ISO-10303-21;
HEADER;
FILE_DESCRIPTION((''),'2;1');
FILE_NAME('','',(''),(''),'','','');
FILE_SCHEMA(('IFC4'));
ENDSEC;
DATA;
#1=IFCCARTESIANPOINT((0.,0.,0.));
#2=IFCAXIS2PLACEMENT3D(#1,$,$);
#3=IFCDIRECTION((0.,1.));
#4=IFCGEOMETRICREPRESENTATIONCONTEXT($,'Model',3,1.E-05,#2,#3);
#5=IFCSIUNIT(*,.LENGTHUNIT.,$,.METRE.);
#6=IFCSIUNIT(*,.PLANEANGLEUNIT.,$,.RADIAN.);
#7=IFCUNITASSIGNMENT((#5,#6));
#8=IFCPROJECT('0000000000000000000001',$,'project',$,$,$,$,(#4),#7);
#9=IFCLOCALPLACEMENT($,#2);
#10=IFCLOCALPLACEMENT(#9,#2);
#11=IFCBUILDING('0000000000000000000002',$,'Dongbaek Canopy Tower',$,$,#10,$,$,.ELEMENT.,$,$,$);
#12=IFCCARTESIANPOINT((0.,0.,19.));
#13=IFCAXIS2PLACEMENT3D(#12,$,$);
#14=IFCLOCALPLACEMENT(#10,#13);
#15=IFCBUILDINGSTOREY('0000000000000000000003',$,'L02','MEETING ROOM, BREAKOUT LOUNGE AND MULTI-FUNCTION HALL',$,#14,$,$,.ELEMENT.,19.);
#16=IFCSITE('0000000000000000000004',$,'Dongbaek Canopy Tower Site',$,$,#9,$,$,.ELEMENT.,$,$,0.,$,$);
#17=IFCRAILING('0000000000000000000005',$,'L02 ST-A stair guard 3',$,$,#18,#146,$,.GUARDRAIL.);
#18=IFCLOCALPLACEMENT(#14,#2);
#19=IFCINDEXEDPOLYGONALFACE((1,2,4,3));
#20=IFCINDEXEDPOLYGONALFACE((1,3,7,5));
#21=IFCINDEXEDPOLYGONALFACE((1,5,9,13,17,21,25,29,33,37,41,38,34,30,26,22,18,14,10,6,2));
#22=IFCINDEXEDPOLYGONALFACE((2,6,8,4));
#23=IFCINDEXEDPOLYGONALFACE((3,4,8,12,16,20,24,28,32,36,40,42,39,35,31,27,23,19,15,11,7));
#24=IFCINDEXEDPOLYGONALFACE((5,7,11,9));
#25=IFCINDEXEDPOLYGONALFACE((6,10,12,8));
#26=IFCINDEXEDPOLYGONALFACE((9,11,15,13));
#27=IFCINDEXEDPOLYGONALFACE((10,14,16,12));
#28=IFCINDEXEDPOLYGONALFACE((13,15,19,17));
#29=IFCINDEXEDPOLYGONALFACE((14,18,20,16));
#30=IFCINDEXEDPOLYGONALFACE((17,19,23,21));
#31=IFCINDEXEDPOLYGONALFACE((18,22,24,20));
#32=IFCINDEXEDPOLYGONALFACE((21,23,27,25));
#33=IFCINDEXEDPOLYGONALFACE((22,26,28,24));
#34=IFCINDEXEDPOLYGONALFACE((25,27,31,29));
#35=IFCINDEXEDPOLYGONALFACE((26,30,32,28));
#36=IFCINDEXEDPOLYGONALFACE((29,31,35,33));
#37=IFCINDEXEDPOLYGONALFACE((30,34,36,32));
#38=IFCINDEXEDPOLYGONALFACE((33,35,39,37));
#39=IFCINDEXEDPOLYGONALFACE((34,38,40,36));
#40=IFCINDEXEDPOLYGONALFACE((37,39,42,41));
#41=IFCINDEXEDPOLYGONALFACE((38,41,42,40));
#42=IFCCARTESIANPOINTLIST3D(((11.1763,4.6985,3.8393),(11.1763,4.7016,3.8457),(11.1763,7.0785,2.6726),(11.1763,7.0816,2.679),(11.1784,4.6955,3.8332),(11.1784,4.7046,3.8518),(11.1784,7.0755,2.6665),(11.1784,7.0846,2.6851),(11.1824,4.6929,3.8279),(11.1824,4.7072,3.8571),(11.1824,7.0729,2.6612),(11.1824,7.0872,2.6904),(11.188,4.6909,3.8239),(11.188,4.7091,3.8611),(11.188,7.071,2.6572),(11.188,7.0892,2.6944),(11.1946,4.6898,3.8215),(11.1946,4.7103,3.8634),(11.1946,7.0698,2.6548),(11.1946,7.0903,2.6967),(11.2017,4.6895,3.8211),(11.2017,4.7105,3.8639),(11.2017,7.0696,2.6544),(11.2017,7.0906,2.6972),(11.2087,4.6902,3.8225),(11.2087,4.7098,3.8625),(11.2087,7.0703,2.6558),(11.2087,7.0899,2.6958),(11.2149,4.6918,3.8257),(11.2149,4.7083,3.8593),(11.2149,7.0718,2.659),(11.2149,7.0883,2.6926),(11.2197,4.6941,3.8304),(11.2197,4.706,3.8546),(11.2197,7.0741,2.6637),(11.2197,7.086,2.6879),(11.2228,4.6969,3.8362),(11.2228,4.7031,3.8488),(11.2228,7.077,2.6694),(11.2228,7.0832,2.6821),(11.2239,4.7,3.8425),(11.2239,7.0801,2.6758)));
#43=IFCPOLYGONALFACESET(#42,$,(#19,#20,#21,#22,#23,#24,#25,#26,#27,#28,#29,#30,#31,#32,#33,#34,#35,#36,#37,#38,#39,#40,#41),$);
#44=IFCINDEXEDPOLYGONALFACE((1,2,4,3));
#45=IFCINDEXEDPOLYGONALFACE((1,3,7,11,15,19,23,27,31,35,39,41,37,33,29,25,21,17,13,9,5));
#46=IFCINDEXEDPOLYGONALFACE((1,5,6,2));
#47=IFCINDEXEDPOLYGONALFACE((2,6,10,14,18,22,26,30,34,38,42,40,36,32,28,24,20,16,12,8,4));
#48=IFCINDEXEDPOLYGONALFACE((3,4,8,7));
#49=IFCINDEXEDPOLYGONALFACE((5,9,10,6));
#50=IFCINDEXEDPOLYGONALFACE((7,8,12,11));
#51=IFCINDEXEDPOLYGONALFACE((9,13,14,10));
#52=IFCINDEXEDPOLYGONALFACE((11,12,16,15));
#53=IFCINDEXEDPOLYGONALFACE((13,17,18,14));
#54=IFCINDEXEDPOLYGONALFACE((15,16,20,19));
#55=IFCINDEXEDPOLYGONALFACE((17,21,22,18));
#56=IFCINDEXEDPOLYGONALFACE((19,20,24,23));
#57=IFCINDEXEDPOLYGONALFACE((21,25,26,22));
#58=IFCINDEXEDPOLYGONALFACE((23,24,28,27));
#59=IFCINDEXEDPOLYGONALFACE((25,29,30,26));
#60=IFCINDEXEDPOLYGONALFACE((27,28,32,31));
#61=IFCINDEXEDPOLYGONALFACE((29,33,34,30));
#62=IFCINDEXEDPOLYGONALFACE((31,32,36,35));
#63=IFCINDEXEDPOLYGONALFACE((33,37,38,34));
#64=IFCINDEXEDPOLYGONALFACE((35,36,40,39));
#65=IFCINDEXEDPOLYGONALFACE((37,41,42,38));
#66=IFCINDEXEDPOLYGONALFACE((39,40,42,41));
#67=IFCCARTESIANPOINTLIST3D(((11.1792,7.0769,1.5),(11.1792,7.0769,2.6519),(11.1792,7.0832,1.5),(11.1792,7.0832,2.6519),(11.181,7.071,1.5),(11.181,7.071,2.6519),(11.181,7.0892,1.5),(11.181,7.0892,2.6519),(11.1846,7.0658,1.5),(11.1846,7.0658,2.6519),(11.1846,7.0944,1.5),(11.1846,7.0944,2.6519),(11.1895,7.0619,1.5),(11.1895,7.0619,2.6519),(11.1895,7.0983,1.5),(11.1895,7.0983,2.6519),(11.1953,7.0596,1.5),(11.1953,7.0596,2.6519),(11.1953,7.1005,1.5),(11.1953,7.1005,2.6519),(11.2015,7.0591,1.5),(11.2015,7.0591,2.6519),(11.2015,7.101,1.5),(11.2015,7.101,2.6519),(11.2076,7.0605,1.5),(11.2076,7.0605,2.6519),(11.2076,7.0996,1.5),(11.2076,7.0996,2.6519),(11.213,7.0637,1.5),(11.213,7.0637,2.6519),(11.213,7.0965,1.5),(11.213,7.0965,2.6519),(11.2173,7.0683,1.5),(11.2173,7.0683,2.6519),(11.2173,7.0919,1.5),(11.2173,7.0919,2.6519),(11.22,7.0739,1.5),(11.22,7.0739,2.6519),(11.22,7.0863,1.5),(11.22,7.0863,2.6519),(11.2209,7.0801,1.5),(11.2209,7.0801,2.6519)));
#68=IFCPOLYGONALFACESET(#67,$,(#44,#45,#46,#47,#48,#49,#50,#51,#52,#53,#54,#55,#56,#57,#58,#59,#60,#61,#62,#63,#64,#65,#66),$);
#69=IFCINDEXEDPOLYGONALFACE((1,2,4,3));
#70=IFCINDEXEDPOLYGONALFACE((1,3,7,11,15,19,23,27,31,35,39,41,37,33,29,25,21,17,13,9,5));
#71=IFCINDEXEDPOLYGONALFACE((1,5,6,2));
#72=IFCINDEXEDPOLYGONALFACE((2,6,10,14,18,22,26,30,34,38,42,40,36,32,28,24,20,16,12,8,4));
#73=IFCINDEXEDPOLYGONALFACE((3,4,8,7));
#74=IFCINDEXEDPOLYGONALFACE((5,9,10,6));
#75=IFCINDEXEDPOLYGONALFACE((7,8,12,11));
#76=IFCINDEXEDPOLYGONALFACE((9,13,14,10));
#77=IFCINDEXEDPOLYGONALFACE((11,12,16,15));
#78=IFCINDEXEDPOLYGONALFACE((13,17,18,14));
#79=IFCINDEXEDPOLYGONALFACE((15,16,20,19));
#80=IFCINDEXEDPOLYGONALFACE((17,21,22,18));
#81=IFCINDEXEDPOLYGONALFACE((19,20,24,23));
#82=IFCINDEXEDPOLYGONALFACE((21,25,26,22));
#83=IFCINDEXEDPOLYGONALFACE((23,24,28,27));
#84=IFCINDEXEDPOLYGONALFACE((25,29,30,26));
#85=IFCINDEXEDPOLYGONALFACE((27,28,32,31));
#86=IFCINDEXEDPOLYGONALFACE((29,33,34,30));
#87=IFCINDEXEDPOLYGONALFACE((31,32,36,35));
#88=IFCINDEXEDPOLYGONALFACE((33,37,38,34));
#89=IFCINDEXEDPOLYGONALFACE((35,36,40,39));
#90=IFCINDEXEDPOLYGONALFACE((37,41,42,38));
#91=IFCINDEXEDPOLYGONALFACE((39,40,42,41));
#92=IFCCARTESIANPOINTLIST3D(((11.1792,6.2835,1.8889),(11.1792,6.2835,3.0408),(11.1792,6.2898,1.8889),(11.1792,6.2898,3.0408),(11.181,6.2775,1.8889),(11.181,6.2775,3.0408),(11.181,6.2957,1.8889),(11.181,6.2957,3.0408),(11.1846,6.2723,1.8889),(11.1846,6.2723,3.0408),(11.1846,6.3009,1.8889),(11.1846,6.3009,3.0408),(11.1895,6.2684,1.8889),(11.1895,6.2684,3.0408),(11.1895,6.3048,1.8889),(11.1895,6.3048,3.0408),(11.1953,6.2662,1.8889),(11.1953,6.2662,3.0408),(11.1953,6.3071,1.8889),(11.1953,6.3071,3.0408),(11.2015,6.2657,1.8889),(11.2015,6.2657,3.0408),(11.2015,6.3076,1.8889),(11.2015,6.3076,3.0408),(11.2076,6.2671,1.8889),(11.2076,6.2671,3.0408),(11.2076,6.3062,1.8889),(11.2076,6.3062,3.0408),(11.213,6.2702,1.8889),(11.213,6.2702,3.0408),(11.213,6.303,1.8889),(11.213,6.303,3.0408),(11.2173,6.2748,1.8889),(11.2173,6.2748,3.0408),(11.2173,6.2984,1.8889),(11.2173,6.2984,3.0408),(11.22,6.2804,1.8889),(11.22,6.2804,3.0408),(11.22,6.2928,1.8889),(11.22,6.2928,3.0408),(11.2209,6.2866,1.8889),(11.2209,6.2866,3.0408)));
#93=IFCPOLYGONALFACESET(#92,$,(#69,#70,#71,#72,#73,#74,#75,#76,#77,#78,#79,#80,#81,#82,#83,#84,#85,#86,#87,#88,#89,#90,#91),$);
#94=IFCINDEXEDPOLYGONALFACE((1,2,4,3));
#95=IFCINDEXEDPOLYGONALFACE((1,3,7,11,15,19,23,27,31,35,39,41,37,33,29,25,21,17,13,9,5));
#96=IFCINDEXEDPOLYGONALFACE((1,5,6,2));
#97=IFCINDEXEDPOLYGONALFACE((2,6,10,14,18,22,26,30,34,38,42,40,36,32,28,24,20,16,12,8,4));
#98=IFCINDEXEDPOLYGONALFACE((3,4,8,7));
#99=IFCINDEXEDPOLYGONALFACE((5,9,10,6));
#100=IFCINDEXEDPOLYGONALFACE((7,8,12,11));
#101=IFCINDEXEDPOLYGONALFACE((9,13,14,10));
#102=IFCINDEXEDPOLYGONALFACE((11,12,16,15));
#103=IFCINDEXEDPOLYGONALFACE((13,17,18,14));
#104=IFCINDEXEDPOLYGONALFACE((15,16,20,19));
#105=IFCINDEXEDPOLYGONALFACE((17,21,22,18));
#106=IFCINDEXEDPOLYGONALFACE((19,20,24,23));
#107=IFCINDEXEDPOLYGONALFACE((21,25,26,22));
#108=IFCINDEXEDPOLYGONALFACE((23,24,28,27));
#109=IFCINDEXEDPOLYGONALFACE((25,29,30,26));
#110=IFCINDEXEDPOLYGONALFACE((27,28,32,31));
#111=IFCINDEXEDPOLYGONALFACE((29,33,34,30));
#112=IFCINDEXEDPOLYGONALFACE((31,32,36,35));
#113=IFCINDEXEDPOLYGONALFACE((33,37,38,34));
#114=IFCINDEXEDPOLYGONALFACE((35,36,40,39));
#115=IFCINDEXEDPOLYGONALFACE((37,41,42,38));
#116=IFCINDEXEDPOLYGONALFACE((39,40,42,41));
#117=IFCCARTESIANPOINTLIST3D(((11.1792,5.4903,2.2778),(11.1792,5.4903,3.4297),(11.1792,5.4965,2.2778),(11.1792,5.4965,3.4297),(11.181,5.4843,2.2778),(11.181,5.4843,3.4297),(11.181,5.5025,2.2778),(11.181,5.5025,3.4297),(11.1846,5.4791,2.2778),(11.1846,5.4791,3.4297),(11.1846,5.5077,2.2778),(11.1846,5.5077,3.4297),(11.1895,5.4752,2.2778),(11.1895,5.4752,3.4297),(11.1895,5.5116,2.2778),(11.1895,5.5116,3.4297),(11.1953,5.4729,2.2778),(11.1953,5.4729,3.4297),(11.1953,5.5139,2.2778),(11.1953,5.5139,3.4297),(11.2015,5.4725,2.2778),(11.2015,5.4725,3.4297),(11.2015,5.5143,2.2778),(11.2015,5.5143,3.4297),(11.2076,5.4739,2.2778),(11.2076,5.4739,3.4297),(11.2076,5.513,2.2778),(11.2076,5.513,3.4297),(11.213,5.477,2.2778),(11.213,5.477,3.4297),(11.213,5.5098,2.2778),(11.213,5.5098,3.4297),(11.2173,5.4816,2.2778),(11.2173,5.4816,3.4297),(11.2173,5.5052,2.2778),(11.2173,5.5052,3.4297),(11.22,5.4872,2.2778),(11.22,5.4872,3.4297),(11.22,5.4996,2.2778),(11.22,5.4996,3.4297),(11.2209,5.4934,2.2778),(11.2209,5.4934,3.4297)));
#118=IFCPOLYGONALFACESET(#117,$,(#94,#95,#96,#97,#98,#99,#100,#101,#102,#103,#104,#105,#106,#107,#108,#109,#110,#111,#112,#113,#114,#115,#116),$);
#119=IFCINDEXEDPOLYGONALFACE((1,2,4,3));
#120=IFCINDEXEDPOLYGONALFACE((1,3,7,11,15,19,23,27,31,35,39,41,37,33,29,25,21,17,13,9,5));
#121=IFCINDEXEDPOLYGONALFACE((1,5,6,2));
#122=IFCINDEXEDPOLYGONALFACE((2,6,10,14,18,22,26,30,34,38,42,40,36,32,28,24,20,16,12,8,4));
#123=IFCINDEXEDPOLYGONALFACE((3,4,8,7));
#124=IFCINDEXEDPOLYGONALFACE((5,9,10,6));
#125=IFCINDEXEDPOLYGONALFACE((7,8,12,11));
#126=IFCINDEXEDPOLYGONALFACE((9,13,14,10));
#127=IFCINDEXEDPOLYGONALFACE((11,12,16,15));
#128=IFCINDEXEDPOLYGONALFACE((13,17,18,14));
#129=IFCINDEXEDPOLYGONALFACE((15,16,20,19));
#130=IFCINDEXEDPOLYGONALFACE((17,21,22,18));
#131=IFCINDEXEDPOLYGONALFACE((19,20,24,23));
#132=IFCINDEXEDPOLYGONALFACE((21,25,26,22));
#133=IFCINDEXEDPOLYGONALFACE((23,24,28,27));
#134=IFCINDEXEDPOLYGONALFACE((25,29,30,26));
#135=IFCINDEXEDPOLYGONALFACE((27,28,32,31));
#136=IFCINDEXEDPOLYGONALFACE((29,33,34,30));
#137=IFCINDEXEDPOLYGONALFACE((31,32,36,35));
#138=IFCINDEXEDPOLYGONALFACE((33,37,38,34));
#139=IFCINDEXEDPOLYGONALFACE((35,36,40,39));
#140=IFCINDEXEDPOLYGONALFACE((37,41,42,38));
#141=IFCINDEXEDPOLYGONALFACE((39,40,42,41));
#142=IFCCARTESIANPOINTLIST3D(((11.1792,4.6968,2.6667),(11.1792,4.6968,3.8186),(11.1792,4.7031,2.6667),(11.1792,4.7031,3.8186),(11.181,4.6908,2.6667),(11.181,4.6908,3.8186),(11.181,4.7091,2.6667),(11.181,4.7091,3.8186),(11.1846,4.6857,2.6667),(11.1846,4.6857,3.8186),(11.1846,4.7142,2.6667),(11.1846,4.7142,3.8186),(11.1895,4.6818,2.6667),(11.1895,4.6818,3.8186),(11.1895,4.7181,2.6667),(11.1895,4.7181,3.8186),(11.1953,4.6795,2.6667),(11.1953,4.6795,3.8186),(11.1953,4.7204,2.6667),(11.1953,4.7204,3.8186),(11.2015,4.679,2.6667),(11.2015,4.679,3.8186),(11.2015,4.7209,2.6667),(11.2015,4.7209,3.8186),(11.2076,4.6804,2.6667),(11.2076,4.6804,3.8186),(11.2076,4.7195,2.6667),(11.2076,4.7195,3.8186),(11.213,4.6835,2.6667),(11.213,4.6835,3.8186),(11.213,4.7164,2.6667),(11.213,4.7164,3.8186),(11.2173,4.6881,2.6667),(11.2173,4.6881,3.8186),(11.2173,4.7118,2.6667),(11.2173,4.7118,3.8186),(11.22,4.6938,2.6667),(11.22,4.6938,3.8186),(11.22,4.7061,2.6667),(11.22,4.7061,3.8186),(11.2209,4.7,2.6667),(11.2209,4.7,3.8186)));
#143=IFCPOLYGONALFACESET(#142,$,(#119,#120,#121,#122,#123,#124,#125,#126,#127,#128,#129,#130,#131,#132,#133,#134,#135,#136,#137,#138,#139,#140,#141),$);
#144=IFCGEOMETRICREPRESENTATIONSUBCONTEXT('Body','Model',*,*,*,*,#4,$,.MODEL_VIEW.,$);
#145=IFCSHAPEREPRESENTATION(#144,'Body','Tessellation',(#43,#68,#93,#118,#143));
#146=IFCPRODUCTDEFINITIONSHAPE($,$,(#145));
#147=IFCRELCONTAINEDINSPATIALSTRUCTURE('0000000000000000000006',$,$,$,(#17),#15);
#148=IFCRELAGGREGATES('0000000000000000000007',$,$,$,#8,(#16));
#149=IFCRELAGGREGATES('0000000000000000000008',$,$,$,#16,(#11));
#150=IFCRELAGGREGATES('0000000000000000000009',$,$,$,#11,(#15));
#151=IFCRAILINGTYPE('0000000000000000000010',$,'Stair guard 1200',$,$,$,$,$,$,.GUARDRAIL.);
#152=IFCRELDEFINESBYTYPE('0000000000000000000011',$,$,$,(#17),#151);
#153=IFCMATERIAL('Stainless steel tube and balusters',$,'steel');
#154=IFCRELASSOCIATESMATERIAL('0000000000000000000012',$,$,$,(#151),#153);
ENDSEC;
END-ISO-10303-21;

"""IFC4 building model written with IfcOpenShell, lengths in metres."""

from ifc_helpers import new_model, si_unit, direction, frame, origin, origin_2d, place, context, subcontext, project, spatial, circle, extrude, material, type_object, element, save


model = new_model("IFC4")

# Units and contexts
model_context = context("Model", 3, precision=1e-05, world=origin(), true_north=direction((0.0, 1.0)))
body_context = subcontext(model_context, "Body", "Model", "MODEL_VIEW")
ifc_project = project(units=[si_unit("LENGTHUNIT", "METRE"), si_unit("PLANEANGLEUNIT", "RADIAN")], contexts=[model_context])

# Site, building, storey
site_placement = place(None, origin())
site = spatial("IfcSite", under=ifc_project, at=site_placement, Name="Dongbaek Canopy Tower Site", CompositionType="ELEMENT", RefElevation=0.0)
building_placement = place(site_placement, origin())
building = spatial("IfcBuilding", under=site, at=building_placement, Name="Dongbaek Canopy Tower", CompositionType="ELEMENT")
storey_placement = place(building_placement, frame((0.0, 0.0, 19.0)))
storey = spatial("IfcBuildingStorey", under=building, at=storey_placement, Name="L02", Description="MEETING ROOM, BREAKOUT LOUNGE AND MULTI-FUNCTION HALL", CompositionType="ELEMENT", Elevation=19.0)

# Railing
ifc_material_1 = material(Name="Stainless steel tube and balusters", Category="steel")
railing_type_1 = type_object("IfcRailingType", Name="Stair guard 1200", PredefinedType="GUARDRAIL", material=ifc_material_1)
railing_1_placement = place(storey_placement, frame((11.2, 7.0801, 1.5)))
element("IfcRailing", 1, at=railing_1_placement, inside=storey, type_object=railing_type_1, Name="L02 ST-A stair guard 3", PredefinedType="GUARDRAIL", context=body_context, shape_type="SweptSolid", body=[
    extrude(circle(Radius=0.0239, at=origin_2d()), frame((0.0, 0.0, 1.1758), z_axis=(0.0, -0.897918, 0.440163), x_axis=(1.0, 0.0, 0.0)), (0.0, 0.0, 1.0), 2.6506),
    extrude(circle(Radius=0.021, at=origin_2d()), origin(), (0.0, 0.0, 1.0), 1.1519),
    extrude(circle(Radius=0.021, at=origin_2d()), frame((0.0, -0.7935, 0.3889)), (0.0, 0.0, 1.0), 1.1519),
    extrude(circle(Radius=0.021, at=origin_2d()), frame((0.0, -1.5867, 0.7778)), (0.0, 0.0, 1.0), 1.1519),
    extrude(circle(Radius=0.021, at=origin_2d()), frame((0.0, -2.3801, 1.1667)), (0.0, 0.0, 1.0), 1.1519),
])

save(model, "model.ifc")
